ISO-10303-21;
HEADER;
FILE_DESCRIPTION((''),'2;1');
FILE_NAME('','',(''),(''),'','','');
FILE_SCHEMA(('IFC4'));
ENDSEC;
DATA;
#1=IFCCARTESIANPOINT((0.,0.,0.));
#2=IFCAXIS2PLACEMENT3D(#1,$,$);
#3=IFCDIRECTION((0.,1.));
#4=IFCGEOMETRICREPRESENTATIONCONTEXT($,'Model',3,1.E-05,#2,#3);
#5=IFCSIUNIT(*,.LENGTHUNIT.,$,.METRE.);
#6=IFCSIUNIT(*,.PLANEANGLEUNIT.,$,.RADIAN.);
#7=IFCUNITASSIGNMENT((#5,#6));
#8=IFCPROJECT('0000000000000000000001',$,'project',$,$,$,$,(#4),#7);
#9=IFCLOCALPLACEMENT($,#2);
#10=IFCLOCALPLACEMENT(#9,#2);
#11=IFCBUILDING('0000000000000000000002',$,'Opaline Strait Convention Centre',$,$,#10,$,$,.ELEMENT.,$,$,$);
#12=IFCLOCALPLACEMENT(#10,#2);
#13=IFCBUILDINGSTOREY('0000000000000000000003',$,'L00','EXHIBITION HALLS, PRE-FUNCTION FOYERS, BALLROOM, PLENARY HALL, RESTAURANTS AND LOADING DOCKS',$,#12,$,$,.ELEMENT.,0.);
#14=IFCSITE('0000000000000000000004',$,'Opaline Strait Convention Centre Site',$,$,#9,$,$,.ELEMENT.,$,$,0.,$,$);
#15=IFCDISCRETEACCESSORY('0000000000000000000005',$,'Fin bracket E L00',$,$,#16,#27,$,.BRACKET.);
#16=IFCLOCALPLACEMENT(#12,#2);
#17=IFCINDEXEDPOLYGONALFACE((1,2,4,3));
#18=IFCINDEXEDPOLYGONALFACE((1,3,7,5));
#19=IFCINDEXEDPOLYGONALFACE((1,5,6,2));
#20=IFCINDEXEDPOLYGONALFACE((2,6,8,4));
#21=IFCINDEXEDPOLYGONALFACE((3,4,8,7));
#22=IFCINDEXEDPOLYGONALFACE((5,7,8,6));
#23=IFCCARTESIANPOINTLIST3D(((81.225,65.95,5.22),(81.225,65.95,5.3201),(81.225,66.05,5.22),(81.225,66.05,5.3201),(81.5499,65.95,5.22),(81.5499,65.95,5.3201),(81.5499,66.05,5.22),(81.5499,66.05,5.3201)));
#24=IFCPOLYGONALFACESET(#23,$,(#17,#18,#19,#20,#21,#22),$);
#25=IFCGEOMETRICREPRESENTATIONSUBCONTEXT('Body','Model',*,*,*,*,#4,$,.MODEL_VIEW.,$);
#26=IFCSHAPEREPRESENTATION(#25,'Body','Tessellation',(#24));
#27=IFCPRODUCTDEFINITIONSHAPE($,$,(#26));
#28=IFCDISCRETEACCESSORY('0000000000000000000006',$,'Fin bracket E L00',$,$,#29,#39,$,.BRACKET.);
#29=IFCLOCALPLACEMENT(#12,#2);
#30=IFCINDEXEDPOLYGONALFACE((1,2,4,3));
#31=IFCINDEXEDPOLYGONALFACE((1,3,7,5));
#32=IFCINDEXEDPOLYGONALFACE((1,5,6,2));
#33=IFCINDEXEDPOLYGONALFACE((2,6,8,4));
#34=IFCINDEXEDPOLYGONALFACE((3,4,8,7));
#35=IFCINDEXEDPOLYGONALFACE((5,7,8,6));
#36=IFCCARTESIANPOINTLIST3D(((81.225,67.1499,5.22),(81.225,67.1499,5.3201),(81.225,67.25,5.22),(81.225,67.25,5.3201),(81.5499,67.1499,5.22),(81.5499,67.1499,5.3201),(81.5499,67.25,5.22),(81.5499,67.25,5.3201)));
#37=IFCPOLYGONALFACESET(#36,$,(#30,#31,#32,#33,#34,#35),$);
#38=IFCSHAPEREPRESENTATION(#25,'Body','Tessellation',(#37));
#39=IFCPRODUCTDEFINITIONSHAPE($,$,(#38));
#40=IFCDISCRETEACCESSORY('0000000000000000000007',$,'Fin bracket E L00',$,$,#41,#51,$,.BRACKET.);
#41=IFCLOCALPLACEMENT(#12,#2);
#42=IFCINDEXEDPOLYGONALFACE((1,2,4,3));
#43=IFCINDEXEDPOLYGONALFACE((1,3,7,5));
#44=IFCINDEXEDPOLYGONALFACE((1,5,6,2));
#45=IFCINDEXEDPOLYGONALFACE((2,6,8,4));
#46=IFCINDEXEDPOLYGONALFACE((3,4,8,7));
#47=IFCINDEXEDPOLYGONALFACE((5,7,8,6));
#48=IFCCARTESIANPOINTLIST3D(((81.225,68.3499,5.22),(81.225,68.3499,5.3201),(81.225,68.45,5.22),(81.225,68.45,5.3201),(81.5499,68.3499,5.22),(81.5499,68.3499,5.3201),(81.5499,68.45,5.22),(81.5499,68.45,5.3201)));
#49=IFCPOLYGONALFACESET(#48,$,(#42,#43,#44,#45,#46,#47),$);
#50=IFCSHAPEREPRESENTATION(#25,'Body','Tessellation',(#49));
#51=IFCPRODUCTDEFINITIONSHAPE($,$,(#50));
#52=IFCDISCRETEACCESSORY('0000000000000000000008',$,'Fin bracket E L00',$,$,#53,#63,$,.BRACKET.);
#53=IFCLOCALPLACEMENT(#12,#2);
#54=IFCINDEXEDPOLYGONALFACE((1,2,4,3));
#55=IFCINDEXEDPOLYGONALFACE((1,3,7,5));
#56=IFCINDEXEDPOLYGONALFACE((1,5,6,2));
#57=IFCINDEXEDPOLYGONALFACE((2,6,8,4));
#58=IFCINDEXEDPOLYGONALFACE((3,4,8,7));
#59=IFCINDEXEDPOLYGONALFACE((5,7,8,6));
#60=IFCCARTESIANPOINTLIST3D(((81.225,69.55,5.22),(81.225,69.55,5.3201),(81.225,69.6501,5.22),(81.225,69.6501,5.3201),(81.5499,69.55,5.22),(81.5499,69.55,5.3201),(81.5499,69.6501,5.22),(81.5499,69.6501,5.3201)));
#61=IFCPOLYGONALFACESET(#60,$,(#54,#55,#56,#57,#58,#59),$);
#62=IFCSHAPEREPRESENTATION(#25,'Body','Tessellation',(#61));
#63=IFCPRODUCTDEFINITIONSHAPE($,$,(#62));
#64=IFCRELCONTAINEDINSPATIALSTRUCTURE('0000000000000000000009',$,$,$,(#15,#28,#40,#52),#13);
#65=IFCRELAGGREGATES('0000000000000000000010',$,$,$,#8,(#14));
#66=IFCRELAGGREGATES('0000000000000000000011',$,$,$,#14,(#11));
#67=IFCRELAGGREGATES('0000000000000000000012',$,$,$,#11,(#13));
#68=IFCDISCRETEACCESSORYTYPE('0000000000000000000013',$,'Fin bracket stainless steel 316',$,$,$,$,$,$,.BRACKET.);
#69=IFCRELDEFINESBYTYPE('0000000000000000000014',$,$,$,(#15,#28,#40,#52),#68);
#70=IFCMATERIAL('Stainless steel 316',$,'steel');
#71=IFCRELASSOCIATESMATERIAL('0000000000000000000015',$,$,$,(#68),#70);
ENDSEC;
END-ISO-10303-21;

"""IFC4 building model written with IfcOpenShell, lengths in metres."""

from ifc_helpers import new_model, si_unit, direction, frame, origin, origin_2d, place, context, subcontext, project, spatial, rectangle, extrude, material, type_object, element, save


model = new_model("IFC4")

# Units and contexts
model_context = context("Model", 3, precision=1e-05, world=origin(), true_north=direction((0.0, 1.0)))
body_context = subcontext(model_context, "Body", "Model", "MODEL_VIEW")
ifc_project = project(units=[si_unit("LENGTHUNIT", "METRE"), si_unit("PLANEANGLEUNIT", "RADIAN")], contexts=[model_context])

# Site, building, storey
site_placement = place(None, origin())
site = spatial("IfcSite", under=ifc_project, at=site_placement, Name="Opaline Strait Convention Centre Site", CompositionType="ELEMENT", RefElevation=0.0)
building_placement = place(site_placement, origin())
building = spatial("IfcBuilding", under=site, at=building_placement, Name="Opaline Strait Convention Centre", CompositionType="ELEMENT")
storey_placement = place(building_placement, origin())
storey = spatial("IfcBuildingStorey", under=building, at=storey_placement, Name="L00", Description="EXHIBITION HALLS, PRE-FUNCTION FOYERS, BALLROOM, PLENARY HALL, RESTAURANTS AND LOADING DOCKS", CompositionType="ELEMENT", Elevation=0.0)

# Discrete accessories
ifc_material_1 = material(Name="Stainless steel 316", Category="steel")
discrete_accessory_type = type_object("IfcDiscreteAccessoryType", Name="Fin bracket stainless steel 316", PredefinedType="BRACKET", material=ifc_material_1)
for number, where, z_axis, x_axis, name in (
    (1, (81.3875, 66.0, 5.22), (0.0, 0.0, 1.0), (1.0, 0.0, 0.0), "Fin bracket E L00"),
    (2, (81.3875, 67.2, 5.22), (0.0, 0.0, 1.0), (1.0, 0.0, 0.0), "Fin bracket E L00"),
    (3, (81.3875, 68.3999, 5.22), (0.0, 0.0, 1.0), (1.0, 0.0, 0.0), "Fin bracket E L00"),
    (4, (81.3875, 69.6001, 5.22), (0.0, 0.0, 1.0), (1.0, 0.0, 0.0), "Fin bracket E L00"),
):
    element("IfcDiscreteAccessory", number, at=place(storey_placement, frame(where, z_axis=z_axis, x_axis=x_axis)), inside=storey, type_object=discrete_accessory_type, Name=name, PredefinedType="BRACKET", context=body_context, shape_type="SweptSolid", body=[
        extrude(rectangle(XDim=0.325, YDim=0.1001, at=origin_2d()), origin(), (0.0, 0.0, 1.0), 0.1001),
    ])

save(model, "model.ifc")
